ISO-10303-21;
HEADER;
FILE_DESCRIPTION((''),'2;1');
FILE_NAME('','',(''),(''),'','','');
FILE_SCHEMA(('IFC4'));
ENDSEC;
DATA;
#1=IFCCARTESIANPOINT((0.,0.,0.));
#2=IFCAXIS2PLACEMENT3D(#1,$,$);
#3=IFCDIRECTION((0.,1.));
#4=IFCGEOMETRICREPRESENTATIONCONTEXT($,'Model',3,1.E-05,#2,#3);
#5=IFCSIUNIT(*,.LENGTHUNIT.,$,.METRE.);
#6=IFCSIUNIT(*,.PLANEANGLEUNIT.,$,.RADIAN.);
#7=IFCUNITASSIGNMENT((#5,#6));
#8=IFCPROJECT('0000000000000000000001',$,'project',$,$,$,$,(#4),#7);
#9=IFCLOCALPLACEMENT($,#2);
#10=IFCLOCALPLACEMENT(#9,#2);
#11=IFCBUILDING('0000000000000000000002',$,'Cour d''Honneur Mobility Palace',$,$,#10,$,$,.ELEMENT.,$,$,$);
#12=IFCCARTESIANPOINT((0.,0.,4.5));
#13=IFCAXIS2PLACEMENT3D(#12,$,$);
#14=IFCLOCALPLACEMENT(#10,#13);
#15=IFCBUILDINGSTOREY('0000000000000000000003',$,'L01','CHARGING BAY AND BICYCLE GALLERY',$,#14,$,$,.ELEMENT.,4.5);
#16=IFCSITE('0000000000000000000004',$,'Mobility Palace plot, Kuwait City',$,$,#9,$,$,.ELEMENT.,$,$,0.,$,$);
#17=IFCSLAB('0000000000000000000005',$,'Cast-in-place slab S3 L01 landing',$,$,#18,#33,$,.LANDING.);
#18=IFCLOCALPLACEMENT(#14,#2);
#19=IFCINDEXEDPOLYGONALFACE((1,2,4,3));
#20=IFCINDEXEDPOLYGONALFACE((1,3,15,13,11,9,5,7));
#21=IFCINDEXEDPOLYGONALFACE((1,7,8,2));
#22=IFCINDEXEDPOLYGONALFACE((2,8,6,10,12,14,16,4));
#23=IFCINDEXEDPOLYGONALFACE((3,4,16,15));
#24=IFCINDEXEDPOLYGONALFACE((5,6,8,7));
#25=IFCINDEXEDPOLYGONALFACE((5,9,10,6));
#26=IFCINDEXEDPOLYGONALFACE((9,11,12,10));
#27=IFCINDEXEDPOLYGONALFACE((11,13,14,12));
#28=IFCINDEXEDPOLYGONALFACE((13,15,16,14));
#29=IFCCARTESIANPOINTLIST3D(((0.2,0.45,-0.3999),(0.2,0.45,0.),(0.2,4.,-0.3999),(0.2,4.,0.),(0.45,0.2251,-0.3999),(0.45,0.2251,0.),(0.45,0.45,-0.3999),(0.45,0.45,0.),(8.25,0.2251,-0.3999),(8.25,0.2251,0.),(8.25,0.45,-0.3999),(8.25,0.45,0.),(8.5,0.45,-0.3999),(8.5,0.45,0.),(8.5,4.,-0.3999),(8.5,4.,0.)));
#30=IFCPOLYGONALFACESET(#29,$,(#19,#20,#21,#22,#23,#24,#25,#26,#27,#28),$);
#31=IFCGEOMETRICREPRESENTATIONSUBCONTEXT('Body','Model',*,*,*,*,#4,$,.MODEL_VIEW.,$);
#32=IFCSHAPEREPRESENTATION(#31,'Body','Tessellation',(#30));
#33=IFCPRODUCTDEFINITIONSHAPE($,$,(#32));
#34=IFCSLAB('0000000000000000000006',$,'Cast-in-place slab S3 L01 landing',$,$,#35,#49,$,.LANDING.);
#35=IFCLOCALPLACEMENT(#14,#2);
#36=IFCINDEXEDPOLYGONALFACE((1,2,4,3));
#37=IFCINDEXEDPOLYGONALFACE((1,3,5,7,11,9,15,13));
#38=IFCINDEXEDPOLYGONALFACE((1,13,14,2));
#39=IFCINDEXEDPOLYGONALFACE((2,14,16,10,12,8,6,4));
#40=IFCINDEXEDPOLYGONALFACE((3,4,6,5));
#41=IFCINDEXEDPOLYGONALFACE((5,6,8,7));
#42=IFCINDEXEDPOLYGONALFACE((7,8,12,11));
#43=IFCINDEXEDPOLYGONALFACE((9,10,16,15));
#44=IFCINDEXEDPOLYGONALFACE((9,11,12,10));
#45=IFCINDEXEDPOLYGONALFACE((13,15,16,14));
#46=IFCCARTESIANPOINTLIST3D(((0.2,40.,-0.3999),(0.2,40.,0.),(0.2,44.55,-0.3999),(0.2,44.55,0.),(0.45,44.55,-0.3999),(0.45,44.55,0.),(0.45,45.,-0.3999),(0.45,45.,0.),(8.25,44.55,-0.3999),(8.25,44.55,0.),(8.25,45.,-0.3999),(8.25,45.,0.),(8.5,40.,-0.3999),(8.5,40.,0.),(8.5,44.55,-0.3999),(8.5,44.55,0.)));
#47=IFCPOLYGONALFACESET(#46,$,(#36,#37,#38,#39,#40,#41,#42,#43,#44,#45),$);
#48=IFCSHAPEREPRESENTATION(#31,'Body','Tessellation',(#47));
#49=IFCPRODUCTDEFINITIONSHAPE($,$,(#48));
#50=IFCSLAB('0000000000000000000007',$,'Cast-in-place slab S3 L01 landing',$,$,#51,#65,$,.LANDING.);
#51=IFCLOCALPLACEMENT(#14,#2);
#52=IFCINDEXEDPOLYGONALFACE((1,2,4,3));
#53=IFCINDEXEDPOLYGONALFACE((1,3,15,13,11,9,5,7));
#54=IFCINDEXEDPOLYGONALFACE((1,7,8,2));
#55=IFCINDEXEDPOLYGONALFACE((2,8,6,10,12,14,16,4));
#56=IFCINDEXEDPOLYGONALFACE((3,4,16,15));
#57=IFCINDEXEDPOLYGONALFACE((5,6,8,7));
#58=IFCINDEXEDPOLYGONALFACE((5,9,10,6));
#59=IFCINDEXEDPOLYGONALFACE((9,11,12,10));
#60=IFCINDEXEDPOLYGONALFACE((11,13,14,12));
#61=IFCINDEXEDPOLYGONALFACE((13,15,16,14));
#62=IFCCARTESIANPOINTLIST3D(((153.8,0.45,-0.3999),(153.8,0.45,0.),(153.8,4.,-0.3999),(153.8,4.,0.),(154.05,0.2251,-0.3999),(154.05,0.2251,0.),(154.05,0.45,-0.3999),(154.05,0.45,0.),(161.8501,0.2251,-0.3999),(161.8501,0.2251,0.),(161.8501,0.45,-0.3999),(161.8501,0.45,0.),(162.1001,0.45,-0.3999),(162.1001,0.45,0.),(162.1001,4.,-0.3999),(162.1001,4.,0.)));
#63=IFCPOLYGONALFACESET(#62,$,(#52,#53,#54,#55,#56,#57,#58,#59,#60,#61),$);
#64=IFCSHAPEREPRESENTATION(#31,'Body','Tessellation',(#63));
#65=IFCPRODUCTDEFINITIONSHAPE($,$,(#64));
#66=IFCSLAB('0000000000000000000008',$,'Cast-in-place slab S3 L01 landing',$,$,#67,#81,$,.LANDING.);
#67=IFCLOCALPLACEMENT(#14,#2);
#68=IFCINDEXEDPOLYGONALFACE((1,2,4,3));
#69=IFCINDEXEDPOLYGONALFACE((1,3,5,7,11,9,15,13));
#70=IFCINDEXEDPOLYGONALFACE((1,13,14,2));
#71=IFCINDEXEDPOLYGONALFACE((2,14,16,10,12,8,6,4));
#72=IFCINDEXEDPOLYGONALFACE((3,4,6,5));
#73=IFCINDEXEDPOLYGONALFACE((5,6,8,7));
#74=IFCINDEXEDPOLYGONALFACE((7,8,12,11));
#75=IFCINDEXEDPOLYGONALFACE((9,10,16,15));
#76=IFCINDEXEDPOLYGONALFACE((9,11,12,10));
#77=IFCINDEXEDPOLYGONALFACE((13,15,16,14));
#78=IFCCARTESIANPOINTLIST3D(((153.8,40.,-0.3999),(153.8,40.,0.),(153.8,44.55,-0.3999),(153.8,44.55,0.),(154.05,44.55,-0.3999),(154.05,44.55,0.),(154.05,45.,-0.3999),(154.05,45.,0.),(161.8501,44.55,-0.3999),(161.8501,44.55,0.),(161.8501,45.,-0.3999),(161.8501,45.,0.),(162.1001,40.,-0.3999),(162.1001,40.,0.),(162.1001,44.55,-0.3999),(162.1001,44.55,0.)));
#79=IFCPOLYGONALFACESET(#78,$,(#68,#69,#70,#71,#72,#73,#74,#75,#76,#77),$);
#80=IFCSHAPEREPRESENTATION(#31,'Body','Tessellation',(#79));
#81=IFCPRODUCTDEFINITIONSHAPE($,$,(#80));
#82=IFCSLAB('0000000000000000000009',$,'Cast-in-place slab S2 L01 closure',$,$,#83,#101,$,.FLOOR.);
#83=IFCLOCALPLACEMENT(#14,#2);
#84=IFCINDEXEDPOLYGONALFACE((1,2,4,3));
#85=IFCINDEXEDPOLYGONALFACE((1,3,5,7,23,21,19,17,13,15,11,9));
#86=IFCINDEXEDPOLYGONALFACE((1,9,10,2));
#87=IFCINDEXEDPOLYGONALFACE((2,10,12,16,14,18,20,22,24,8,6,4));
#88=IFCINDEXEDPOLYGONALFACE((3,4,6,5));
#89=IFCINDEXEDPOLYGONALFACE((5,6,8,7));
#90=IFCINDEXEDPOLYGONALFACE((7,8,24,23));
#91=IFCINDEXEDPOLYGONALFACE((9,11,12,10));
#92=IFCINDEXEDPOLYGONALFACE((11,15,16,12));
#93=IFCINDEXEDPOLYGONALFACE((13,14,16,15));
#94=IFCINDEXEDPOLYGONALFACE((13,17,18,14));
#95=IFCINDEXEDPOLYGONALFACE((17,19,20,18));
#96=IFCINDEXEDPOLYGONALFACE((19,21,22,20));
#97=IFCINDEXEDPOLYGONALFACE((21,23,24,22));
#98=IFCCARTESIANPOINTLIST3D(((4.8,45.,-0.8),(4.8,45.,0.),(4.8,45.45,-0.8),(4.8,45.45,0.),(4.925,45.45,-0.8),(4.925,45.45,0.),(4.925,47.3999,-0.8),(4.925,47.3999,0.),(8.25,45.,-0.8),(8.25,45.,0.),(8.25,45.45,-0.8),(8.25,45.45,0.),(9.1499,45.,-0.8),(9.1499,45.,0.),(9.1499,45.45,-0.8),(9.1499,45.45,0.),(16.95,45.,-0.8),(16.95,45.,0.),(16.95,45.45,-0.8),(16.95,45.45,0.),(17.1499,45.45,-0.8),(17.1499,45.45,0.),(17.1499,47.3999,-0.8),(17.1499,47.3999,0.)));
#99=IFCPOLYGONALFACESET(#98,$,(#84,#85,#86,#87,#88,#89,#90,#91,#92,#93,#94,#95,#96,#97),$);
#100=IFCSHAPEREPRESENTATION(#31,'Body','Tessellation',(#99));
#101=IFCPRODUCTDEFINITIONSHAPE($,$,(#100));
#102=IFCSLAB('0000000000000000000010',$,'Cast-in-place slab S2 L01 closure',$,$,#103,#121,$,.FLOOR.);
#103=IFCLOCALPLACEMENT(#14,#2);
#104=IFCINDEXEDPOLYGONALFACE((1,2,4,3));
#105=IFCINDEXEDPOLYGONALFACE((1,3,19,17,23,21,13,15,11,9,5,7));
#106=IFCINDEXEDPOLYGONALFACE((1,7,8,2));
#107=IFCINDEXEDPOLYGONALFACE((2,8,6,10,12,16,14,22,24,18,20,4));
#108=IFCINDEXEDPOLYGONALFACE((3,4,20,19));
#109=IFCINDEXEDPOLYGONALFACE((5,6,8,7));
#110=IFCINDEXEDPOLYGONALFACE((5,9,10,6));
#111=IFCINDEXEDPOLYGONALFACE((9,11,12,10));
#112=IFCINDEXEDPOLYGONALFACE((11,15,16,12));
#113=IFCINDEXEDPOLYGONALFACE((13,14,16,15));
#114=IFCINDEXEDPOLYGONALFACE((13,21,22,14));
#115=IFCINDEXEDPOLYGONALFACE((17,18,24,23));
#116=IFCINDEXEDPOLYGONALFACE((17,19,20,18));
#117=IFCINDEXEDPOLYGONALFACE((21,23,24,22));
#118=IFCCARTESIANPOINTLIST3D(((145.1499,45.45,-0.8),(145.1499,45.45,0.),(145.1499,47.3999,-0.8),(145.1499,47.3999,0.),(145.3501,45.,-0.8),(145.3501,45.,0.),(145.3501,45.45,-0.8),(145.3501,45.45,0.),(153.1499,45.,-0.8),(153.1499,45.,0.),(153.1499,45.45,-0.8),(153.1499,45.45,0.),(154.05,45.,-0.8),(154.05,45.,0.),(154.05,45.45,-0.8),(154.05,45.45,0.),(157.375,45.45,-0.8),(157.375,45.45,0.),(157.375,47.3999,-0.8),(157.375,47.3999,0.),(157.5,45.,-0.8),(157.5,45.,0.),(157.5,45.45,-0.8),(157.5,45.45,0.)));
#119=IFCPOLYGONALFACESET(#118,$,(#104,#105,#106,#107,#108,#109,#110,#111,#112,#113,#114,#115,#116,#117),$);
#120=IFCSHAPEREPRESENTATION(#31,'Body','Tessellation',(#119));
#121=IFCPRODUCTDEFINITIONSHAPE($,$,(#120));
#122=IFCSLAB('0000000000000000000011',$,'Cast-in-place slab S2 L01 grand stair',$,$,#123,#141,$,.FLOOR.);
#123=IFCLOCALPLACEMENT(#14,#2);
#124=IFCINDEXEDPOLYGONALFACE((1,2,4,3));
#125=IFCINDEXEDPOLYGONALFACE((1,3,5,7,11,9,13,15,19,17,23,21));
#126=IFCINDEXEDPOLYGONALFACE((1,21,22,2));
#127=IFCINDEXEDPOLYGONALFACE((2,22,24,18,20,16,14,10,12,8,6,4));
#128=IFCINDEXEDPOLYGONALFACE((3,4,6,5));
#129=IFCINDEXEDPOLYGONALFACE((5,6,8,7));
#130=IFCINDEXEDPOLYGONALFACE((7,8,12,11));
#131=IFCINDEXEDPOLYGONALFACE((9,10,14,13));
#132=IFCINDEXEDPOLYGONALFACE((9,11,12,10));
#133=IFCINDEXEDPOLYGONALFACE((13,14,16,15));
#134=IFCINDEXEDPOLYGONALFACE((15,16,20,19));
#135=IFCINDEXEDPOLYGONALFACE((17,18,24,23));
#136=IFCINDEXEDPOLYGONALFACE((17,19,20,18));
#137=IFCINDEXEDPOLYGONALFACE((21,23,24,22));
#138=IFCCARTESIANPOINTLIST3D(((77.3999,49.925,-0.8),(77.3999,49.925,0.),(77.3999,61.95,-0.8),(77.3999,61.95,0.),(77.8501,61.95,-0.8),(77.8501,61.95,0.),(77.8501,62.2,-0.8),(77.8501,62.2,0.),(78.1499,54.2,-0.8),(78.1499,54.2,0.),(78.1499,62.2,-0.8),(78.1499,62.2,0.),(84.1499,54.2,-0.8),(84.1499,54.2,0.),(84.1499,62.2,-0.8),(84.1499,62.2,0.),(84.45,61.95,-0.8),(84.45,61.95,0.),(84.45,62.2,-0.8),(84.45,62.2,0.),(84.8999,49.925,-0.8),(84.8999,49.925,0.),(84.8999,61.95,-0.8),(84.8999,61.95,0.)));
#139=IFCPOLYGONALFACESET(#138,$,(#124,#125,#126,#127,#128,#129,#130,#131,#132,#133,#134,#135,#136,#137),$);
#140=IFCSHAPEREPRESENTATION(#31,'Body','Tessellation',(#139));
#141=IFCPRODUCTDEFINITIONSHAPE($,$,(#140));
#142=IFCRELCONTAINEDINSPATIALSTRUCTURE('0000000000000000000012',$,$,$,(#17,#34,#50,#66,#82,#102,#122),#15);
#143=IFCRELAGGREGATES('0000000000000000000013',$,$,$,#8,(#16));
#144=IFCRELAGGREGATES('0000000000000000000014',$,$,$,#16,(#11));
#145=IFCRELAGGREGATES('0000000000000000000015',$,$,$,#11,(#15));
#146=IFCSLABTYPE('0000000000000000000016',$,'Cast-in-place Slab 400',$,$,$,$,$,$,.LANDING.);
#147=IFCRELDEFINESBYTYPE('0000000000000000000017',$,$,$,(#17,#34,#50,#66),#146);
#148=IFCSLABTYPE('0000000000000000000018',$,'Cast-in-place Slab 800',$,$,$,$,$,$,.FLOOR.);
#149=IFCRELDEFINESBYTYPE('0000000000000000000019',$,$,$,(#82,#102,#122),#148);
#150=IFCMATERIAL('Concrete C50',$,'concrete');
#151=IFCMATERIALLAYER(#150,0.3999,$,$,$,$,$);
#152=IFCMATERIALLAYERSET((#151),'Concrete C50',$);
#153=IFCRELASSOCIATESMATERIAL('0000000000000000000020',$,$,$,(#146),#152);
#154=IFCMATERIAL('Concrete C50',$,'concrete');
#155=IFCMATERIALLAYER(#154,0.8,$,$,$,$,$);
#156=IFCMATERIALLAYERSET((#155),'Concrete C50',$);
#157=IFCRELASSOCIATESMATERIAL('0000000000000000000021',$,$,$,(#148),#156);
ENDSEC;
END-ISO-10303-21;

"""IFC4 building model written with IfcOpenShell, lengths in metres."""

from ifc_helpers import new_model, si_unit, direction, frame, origin, place, context, subcontext, project, spatial, polyline, outline, extrude, material, layer, layer_set, type_object, element, save


model = new_model("IFC4")

# Units and contexts
model_context = context("Model", 3, precision=1e-05, world=origin(), true_north=direction((0.0, 1.0)))
body_context = subcontext(model_context, "Body", "Model", "MODEL_VIEW")
ifc_project = project(units=[si_unit("LENGTHUNIT", "METRE"), si_unit("PLANEANGLEUNIT", "RADIAN")], contexts=[model_context])

# Site, building, storey
site_placement = place(None, origin())
site = spatial("IfcSite", under=ifc_project, at=site_placement, Name="Mobility Palace plot, Kuwait City", CompositionType="ELEMENT", RefElevation=0.0)
building_placement = place(site_placement, origin())
building = spatial("IfcBuilding", under=site, at=building_placement, Name="Cour d'Honneur Mobility Palace", CompositionType="ELEMENT")
storey_placement = place(building_placement, frame((0.0, 0.0, 4.5)))
storey = spatial("IfcBuildingStorey", under=building, at=storey_placement, Name="L01", Description="CHARGING BAY AND BICYCLE GALLERY", CompositionType="ELEMENT", Elevation=4.5)

# Slabs
ifc_material_1 = material(Name="Concrete C50", Category="concrete")
ifc_layer_1 = layer(ifc_material_1, 0.3999)
ifc_layer_set_1 = layer_set([ifc_layer_1], Name="Concrete C50")
slab_type_1 = type_object("IfcSlabType", Name="Cast-in-place Slab 400", PredefinedType="LANDING", material=ifc_layer_set_1)
slab_1_placement = place(storey_placement, frame((0.0, 0.0, -0.3999)))
element("IfcSlab", 1, at=slab_1_placement, inside=storey, type_object=slab_type_1, Name="Cast-in-place slab S3 L01 landing", PredefinedType="LANDING", context=body_context, shape_type="SweptSolid", body=[
    extrude(outline(polyline([(8.25, 0.45), (8.25, 0.2251), (0.45, 0.2251), (0.45, 0.45), (0.2, 0.45), (0.2, 4.0), (8.5, 4.0), (8.5, 0.45), (8.25, 0.45)])), origin(), (0.0, 0.0, 1.0), 0.3999),
])
slab_2_placement = place(storey_placement, frame((0.0, 0.0, -0.3999)))
element("IfcSlab", 2, at=slab_2_placement, inside=storey, type_object=slab_type_1, Name="Cast-in-place slab S3 L01 landing", PredefinedType="LANDING", context=body_context, shape_type="SweptSolid", body=[
    extrude(outline(polyline([(8.5, 44.55), (8.5, 40.0), (0.2, 40.0), (0.2, 44.55), (0.45, 44.55), (0.45, 45.0), (8.25, 45.0), (8.25, 44.55), (8.5, 44.55)])), origin(), (0.0, 0.0, 1.0), 0.3999),
])
slab_3_placement = place(storey_placement, frame((0.0, 0.0, -0.3999)))
element("IfcSlab", 3, at=slab_3_placement, inside=storey, type_object=slab_type_1, Name="Cast-in-place slab S3 L01 landing", PredefinedType="LANDING", context=body_context, shape_type="SweptSolid", body=[
    extrude(outline(polyline([(161.8501, 0.45), (161.8501, 0.2251), (154.05, 0.2251), (154.05, 0.45), (153.8, 0.45), (153.8, 4.0), (162.1001, 4.0), (162.1001, 0.45), (161.8501, 0.45)])), origin(), (0.0, 0.0, 1.0), 0.3999),
])
slab_4_placement = place(storey_placement, frame((0.0, 0.0, -0.3999)))
element("IfcSlab", 4, at=slab_4_placement, inside=storey, type_object=slab_type_1, Name="Cast-in-place slab S3 L01 landing", PredefinedType="LANDING", context=body_context, shape_type="SweptSolid", body=[
    extrude(outline(polyline([(162.1001, 44.55), (162.1001, 40.0), (153.8, 40.0), (153.8, 44.55), (154.05, 44.55), (154.05, 45.0), (161.8501, 45.0), (161.8501, 44.55), (162.1001, 44.55)])), origin(), (0.0, 0.0, 1.0), 0.3999),
])
ifc_material_2 = material(Name="Concrete C50", Category="concrete")
ifc_layer_2 = layer(ifc_material_2, 0.8)
ifc_layer_set_2 = layer_set([ifc_layer_2], Name="Concrete C50")
slab_type_2 = type_object("IfcSlabType", Name="Cast-in-place Slab 800", PredefinedType="FLOOR", material=ifc_layer_set_2)
slab_5_placement = place(storey_placement, frame((0.0, 0.0, -0.8)))
element("IfcSlab", 5, at=slab_5_placement, inside=storey, type_object=slab_type_2, Name="Cast-in-place slab S2 L01 closure", PredefinedType="FLOOR", context=body_context, shape_type="SweptSolid", body=[
    extrude(outline(polyline([(16.95, 45.45), (16.95, 45.0), (9.1499, 45.0), (9.1499, 45.45), (8.25, 45.45), (8.25, 45.0), (4.8, 45.0), (4.8, 45.45), (4.925, 45.45), (4.925, 47.3999), (17.1499, 47.3999), (17.1499, 45.45), (16.95, 45.45)])), origin(), (0.0, 0.0, 1.0), 0.8),
])
slab_6_placement = place(storey_placement, frame((0.0, 0.0, -0.8)))
element("IfcSlab", 6, at=slab_6_placement, inside=storey, type_object=slab_type_2, Name="Cast-in-place slab S2 L01 closure", PredefinedType="FLOOR", context=body_context, shape_type="SweptSolid", body=[
    extrude(outline(polyline([(154.05, 45.45), (153.1499, 45.45), (153.1499, 45.0), (145.3501, 45.0), (145.3501, 45.45), (145.1499, 45.45), (145.1499, 47.3999), (157.375, 47.3999), (157.375, 45.45), (157.5, 45.45), (157.5, 45.0), (154.05, 45.0), (154.05, 45.45)])), origin(), (0.0, 0.0, 1.0), 0.8),
])
slab_7_placement = place(storey_placement, frame((0.0, 0.0, -0.8)))
element("IfcSlab", 7, at=slab_7_placement, inside=storey, type_object=slab_type_2, Name="Cast-in-place slab S2 L01 grand stair", PredefinedType="FLOOR", context=body_context, shape_type="SweptSolid", body=[
    extrude(outline(polyline([(84.8999, 49.925), (77.3999, 49.925), (77.3999, 61.95), (77.8501, 61.95), (77.8501, 62.2), (78.1499, 62.2), (78.1499, 54.2), (84.1499, 54.2), (84.1499, 62.2), (84.45, 62.2), (84.45, 61.95), (84.8999, 61.95), (84.8999, 49.925)])), origin(), (0.0, 0.0, 1.0), 0.8),
])

save(model, "model.ifc")
